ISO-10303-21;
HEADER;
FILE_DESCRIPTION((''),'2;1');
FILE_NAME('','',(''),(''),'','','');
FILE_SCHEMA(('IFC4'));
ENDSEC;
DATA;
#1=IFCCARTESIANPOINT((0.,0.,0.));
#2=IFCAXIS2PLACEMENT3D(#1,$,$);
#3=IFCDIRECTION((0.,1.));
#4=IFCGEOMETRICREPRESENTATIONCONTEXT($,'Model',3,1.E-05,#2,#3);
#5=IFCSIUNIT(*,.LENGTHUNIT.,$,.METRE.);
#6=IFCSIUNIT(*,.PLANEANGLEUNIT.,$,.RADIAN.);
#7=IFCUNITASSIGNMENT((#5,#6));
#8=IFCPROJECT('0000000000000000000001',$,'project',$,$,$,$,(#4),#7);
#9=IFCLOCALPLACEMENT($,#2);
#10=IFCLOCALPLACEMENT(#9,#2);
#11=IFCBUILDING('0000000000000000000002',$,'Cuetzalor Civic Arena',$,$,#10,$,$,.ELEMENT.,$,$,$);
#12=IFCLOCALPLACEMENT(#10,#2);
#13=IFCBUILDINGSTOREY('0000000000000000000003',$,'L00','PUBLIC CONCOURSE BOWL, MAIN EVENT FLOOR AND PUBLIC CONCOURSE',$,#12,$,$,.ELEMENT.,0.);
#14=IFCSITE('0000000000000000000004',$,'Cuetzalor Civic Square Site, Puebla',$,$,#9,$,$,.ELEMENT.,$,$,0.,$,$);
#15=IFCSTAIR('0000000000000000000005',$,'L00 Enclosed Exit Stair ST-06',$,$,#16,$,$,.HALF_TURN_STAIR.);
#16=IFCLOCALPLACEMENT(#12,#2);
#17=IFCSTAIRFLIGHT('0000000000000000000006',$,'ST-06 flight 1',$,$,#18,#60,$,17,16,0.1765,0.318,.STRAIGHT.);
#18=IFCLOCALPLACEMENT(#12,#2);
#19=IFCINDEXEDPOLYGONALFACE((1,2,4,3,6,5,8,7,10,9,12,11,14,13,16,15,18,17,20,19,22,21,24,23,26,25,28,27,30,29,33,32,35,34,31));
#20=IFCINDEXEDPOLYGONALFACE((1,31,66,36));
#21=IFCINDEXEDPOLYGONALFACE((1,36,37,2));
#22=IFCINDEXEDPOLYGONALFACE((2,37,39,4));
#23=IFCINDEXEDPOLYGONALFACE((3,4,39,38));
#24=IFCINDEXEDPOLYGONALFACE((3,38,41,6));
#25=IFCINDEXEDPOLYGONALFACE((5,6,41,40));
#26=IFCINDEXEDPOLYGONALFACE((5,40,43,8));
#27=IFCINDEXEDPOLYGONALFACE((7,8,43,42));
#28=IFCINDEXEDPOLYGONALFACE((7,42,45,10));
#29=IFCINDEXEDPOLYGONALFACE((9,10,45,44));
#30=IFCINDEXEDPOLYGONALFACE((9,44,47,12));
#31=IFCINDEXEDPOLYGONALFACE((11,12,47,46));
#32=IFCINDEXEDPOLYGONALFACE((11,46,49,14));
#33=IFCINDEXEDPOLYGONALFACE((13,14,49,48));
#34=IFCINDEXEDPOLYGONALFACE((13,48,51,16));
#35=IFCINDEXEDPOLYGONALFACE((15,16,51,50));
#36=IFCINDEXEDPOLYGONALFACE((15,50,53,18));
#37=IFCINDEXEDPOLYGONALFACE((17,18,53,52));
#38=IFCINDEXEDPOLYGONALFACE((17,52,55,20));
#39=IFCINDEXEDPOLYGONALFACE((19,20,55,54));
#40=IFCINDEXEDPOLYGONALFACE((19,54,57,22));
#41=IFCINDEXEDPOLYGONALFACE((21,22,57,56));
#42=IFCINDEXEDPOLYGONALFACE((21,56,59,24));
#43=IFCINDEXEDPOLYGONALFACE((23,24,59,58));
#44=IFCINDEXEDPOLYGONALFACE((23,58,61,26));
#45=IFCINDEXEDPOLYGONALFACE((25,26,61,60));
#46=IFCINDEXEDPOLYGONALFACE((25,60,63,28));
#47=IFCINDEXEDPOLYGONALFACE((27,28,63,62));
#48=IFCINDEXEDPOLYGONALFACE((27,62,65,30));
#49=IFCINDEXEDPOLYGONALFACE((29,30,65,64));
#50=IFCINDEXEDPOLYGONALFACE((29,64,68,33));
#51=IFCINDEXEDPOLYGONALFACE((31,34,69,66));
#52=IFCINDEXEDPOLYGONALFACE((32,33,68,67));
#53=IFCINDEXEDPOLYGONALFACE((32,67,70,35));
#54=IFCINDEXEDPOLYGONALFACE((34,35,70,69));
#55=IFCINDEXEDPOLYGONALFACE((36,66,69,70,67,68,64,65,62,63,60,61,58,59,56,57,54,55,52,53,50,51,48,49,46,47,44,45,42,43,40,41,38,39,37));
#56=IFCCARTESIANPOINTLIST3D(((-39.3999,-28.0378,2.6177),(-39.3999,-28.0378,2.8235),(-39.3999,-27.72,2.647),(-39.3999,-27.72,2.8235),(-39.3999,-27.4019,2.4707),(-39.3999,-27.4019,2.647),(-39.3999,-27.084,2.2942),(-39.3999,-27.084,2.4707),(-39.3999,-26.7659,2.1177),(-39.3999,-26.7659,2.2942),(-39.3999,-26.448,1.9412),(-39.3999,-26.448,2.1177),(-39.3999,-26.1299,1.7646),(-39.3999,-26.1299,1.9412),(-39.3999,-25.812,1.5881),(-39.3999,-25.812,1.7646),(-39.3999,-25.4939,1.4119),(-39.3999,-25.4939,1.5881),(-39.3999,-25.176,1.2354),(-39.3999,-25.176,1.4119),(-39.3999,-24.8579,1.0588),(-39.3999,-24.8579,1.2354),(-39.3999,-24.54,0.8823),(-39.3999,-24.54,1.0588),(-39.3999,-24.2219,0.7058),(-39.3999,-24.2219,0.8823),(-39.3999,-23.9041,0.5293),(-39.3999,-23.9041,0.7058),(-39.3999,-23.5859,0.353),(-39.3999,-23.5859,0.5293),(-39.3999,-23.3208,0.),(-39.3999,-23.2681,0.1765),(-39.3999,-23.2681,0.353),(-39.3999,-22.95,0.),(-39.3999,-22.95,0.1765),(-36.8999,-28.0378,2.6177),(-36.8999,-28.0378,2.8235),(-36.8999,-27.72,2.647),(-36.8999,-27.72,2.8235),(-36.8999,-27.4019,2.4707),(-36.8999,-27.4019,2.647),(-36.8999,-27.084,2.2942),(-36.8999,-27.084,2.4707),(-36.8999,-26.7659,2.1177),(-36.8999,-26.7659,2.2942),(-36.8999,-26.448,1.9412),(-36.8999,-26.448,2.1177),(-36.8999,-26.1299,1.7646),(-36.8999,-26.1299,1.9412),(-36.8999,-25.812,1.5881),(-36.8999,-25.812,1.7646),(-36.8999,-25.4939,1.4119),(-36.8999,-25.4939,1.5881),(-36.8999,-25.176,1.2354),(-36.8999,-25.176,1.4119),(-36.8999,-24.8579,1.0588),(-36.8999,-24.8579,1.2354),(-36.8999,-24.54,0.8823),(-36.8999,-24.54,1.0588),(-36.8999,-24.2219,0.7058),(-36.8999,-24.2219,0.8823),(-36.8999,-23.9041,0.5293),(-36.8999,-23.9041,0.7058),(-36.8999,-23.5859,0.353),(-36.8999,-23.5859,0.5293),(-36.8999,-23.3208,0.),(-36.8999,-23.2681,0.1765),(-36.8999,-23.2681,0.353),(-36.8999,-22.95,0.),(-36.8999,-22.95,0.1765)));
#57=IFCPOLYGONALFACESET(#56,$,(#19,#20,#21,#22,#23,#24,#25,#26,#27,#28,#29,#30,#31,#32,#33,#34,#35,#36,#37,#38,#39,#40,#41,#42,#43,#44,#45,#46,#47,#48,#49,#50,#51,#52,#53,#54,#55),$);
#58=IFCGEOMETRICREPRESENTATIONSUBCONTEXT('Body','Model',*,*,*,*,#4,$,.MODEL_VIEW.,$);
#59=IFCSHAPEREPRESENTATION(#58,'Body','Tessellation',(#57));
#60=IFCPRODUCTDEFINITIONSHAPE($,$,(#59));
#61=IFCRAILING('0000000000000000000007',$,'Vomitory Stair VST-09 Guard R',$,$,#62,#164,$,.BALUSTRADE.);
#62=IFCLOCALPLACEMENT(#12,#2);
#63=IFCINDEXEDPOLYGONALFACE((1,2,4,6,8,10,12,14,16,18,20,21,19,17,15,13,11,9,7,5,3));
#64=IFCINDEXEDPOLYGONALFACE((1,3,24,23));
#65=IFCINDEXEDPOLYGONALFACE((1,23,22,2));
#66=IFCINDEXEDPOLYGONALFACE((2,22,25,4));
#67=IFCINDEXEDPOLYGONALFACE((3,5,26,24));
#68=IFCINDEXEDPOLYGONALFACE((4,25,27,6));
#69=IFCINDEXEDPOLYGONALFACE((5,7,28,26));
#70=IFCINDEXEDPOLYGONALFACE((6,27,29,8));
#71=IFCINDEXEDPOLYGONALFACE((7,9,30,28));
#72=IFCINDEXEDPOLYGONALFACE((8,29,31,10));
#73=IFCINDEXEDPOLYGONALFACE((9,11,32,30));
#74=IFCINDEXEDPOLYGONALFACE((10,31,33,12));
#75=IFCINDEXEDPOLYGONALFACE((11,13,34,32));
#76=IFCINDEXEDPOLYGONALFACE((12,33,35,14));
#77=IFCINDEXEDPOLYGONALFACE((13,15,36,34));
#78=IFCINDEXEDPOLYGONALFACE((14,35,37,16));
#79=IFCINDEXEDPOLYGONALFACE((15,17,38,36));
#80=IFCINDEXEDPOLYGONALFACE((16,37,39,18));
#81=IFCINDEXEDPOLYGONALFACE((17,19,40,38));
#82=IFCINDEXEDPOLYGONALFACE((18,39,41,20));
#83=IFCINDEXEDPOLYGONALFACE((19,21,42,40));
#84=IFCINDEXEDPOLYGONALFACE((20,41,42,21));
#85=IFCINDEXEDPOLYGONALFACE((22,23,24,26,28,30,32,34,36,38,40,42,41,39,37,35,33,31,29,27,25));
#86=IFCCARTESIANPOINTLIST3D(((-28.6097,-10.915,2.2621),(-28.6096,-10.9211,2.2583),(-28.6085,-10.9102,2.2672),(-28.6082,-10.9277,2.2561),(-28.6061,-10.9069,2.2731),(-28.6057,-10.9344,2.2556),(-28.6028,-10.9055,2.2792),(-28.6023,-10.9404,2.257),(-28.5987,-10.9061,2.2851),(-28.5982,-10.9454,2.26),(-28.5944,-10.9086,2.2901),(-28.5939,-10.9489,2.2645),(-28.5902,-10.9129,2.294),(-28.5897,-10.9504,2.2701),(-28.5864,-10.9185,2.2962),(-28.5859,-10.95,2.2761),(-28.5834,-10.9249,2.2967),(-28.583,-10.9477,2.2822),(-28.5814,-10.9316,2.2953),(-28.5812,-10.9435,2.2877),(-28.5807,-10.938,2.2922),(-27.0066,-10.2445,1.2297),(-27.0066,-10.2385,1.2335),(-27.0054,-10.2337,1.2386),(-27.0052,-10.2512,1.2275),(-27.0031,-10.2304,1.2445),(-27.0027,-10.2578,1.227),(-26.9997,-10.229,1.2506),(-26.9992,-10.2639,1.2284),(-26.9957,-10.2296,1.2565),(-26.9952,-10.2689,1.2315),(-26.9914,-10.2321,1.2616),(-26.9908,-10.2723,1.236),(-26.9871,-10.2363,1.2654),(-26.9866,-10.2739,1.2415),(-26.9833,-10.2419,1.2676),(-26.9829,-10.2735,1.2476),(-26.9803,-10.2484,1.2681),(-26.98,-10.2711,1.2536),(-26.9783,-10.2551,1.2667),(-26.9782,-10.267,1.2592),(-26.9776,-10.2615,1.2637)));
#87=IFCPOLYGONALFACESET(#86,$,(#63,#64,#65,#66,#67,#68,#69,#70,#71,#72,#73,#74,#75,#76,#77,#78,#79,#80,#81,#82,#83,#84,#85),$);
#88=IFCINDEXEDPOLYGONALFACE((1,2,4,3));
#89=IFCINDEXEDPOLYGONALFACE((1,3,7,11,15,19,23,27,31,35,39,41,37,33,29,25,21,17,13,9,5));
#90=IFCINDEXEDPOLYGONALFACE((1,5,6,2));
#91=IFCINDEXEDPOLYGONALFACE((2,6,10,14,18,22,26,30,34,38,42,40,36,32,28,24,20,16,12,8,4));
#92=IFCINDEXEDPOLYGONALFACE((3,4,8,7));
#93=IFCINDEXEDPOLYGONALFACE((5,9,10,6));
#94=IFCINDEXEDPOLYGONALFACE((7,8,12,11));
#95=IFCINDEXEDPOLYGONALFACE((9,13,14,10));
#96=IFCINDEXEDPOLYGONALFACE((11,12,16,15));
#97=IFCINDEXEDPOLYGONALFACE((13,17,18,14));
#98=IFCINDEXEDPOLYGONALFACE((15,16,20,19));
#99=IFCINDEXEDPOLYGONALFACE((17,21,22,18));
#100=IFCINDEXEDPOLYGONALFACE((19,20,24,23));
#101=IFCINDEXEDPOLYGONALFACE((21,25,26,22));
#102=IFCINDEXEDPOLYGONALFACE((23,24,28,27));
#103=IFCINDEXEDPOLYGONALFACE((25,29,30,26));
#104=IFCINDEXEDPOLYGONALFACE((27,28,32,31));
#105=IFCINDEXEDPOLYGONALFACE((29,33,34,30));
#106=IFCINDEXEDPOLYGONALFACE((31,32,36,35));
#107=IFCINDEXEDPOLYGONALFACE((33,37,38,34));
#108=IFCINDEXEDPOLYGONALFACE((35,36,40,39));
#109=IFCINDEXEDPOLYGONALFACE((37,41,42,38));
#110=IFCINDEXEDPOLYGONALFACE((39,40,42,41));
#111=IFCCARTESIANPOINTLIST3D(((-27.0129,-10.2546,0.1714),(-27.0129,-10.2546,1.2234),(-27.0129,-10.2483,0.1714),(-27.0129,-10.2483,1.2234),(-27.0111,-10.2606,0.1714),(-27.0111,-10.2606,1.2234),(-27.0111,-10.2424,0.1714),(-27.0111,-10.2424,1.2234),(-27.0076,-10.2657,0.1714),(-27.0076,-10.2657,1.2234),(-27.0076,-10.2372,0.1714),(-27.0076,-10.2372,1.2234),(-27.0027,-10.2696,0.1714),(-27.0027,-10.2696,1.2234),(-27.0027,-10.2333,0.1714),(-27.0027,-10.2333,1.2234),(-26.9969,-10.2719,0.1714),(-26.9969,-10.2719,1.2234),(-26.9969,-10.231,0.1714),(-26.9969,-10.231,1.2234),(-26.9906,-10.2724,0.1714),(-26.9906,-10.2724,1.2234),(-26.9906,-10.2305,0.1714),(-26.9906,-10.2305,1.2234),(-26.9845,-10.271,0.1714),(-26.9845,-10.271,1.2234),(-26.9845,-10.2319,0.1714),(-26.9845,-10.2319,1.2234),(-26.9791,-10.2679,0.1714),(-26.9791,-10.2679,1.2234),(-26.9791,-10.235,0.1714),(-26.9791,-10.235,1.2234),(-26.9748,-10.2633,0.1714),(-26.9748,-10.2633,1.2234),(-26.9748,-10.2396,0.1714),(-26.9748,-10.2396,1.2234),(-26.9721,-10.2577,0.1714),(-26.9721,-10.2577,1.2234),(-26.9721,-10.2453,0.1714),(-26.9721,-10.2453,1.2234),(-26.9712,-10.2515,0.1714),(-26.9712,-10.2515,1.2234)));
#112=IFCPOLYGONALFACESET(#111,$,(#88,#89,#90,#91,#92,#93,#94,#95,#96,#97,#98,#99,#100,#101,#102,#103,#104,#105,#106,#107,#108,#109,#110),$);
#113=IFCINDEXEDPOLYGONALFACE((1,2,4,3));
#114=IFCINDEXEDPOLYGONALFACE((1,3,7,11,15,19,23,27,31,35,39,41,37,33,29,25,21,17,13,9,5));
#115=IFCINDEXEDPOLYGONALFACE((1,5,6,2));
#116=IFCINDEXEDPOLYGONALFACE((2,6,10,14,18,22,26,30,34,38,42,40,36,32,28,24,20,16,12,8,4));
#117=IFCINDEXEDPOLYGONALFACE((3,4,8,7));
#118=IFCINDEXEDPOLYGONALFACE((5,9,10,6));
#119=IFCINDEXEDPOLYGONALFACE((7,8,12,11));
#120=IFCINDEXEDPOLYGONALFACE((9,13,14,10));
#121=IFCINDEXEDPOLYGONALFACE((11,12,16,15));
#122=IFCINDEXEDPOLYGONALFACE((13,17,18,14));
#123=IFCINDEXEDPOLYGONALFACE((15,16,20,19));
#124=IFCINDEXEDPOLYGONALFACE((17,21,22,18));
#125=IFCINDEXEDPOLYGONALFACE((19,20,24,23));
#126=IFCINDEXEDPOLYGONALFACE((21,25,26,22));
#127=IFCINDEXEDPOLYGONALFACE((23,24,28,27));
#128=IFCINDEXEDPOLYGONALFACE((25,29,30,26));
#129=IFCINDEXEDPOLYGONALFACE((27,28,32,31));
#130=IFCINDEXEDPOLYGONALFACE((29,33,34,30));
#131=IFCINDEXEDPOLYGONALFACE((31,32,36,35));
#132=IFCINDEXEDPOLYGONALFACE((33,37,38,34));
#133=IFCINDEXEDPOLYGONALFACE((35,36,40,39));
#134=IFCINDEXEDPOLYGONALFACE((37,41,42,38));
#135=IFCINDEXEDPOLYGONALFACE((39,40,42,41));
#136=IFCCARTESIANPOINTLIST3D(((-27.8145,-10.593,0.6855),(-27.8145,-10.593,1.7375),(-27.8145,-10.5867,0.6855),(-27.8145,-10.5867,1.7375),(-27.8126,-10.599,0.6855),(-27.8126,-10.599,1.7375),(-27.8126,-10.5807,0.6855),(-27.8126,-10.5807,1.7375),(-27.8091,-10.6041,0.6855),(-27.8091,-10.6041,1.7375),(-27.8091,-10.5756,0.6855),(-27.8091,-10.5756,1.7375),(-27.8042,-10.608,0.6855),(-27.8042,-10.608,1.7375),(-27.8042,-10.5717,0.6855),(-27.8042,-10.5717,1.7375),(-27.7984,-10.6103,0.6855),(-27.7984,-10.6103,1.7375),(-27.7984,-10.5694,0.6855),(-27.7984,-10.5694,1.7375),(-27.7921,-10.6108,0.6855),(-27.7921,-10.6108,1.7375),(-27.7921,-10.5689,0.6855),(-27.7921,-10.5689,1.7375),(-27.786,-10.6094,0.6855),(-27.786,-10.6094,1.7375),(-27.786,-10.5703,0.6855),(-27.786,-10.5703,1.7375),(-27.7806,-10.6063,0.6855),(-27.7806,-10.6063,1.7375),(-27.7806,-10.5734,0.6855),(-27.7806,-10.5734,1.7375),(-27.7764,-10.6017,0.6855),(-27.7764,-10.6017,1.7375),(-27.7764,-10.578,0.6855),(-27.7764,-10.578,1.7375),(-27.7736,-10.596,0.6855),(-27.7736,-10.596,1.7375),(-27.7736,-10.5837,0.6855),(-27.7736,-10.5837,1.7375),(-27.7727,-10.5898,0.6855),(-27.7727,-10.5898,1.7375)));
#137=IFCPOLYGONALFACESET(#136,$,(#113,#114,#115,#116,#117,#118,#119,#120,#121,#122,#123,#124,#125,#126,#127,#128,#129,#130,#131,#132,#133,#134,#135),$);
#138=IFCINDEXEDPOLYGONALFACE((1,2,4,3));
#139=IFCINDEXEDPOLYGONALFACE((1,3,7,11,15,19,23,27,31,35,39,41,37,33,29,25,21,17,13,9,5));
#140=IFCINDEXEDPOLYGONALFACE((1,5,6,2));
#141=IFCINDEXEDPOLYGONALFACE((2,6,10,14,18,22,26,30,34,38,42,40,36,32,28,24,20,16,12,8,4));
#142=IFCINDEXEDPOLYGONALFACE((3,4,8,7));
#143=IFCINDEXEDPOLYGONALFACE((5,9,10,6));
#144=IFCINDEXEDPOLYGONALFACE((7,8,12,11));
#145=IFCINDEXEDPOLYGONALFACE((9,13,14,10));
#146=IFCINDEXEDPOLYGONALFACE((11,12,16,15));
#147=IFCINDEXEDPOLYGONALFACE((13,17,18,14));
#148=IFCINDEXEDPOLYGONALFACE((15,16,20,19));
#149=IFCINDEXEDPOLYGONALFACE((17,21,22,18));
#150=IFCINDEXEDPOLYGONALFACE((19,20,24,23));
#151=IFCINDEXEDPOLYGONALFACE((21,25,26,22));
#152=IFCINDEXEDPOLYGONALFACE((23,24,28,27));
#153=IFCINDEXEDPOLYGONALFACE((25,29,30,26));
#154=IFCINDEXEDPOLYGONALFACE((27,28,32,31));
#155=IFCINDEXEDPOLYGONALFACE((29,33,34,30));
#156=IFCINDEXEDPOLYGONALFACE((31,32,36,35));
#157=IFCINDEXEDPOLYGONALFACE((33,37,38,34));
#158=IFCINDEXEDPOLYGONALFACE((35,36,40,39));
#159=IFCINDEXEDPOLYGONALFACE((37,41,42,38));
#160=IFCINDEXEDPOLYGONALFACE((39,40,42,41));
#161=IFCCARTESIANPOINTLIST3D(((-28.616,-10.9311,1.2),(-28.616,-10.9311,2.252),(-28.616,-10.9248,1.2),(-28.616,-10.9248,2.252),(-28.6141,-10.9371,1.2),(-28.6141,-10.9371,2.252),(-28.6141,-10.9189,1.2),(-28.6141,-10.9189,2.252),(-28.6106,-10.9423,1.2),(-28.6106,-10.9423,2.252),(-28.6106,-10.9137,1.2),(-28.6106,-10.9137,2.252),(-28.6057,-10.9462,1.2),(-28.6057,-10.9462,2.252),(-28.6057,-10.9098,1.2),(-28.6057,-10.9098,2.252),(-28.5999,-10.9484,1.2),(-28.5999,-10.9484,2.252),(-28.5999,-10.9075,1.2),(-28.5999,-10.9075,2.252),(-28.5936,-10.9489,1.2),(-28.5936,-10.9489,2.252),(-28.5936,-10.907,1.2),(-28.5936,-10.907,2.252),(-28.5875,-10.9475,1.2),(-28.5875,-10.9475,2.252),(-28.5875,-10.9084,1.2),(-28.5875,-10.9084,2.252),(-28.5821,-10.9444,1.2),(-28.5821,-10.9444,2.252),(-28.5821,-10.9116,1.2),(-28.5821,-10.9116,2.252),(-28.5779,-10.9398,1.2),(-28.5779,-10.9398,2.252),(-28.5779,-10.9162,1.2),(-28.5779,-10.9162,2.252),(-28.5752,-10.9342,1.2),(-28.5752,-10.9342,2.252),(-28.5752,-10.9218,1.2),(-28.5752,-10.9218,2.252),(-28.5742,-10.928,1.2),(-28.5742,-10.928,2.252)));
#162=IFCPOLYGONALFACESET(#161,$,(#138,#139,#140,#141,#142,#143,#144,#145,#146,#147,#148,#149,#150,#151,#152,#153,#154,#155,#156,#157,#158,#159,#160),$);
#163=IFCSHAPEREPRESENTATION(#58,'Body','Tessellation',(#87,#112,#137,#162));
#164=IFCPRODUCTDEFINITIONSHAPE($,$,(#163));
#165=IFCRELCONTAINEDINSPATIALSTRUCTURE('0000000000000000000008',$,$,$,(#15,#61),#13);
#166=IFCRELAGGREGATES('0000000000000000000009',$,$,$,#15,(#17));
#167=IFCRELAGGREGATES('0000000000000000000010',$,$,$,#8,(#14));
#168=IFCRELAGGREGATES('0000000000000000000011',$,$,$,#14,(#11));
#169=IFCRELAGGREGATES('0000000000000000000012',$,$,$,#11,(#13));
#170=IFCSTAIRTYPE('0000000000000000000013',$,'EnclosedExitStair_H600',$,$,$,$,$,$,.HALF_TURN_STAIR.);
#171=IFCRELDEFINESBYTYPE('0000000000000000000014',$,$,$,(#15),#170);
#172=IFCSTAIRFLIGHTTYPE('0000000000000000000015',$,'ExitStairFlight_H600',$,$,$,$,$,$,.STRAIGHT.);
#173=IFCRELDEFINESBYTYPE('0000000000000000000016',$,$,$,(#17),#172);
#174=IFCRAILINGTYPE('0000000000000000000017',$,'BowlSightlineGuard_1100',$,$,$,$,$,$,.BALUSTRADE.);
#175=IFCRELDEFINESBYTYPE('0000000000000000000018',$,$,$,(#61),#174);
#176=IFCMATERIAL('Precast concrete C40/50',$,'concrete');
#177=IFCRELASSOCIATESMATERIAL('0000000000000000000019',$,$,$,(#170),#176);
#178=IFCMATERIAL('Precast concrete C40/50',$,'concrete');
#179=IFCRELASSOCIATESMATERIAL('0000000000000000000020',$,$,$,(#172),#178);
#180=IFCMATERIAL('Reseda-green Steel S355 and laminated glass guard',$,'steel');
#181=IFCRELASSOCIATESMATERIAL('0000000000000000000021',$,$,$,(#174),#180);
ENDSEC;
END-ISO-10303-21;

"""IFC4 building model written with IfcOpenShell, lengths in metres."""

from ifc_helpers import new_model, si_unit, direction, frame, origin, origin_2d, place, context, subcontext, project, spatial, polyline, circle, outline, extrude, material, type_object, element, aggregate, save


model = new_model("IFC4")

# Units and contexts
model_context = context("Model", 3, precision=1e-05, world=origin(), true_north=direction((0.0, 1.0)))
body_context = subcontext(model_context, "Body", "Model", "MODEL_VIEW")
ifc_project = project(units=[si_unit("LENGTHUNIT", "METRE"), si_unit("PLANEANGLEUNIT", "RADIAN")], contexts=[model_context])

# Site, building, storey
site_placement = place(None, origin())
site = spatial("IfcSite", under=ifc_project, at=site_placement, Name="Cuetzalor Civic Square Site, Puebla", CompositionType="ELEMENT", RefElevation=0.0)
building_placement = place(site_placement, origin())
building = spatial("IfcBuilding", under=site, at=building_placement, Name="Cuetzalor Civic Arena", CompositionType="ELEMENT")
storey_placement = place(building_placement, origin())
storey = spatial("IfcBuildingStorey", under=building, at=storey_placement, Name="L00", Description="PUBLIC CONCOURSE BOWL, MAIN EVENT FLOOR AND PUBLIC CONCOURSE", CompositionType="ELEMENT", Elevation=0.0)

# Stair, stair flight
ifc_material_1 = material(Name="Precast concrete C40/50", Category="concrete")
stair_type = type_object("IfcStairType", Name="EnclosedExitStair_H600", PredefinedType="HALF_TURN_STAIR", material=ifc_material_1)
stair_placement = place(storey_placement, origin())
stair = element("IfcStair", 1, at=stair_placement, inside=storey, type_object=stair_type, Name="L00 Enclosed Exit Stair ST-06", PredefinedType="HALF_TURN_STAIR")
ifc_material_2 = material(Name="Precast concrete C40/50", Category="concrete")
stair_flight_type = type_object("IfcStairFlightType", Name="ExitStairFlight_H600", PredefinedType="STRAIGHT", material=ifc_material_2)
stair_flight_placement = place(storey_placement, frame((-38.1499, -22.95, 0.0), z_axis=(0.0, 0.0, 1.0), x_axis=(0.0, -1.0, 0.0)))
stair_flight = element("IfcStairFlight", 2, at=stair_flight_placement, type_object=stair_flight_type, Name="ST-06 flight 1", NumberOfRisers=17, NumberOfTreads=16, PredefinedType="STRAIGHT", RiserHeight=0.1765, TreadLength=0.318, context=body_context, shape_type="SweptSolid", body=[
    extrude(outline(polyline([(0.0, 0.0), (0.0, 0.1765), (0.3181, 0.1765), (0.3181, 0.353), (0.636, 0.353), (0.636, 0.5293), (0.9541, 0.5293), (0.9541, 0.7058), (1.272, 0.7058), (1.272, 0.8823), (1.5901, 0.8823), (1.5901, 1.0588), (1.908, 1.0588), (1.908, 1.2354), (2.2261, 1.2354), (2.2261, 1.4119), (2.5439, 1.4119), (2.5439, 1.5881), (2.8621, 1.5881), (2.8621, 1.7646), (3.1799, 1.7646), (3.1799, 1.9412), (3.498, 1.9412), (3.498, 2.1177), (3.8159, 2.1177), (3.8159, 2.2942), (4.134, 2.2942), (4.134, 2.4707), (4.4519, 2.4707), (4.4519, 2.647), (4.77, 2.647), (4.77, 2.8235), (5.0879, 2.8235), (5.0879, 3.0), (5.0879, 2.6177), (0.3708, 0.0), (0.0, 0.0)])), frame((0.0, 1.25, 0.0), z_axis=(0.0, -1.0, 0.0), x_axis=(1.0, 0.0, 0.0)), (0.0, 0.0, 1.0), 2.5),
])
aggregate(stair, [stair_flight])

# Railing
ifc_material_3 = material(Name="Reseda-green Steel S355 and laminated glass guard", Category="steel")
railing_type_1 = type_object("IfcRailingType", Name="BowlSightlineGuard_1100", PredefinedType="BALUSTRADE", material=ifc_material_3)
railing_1_placement = place(storey_placement, frame((-26.9922, -10.2515, 0.1714)))
element("IfcRailing", 3, at=railing_1_placement, inside=storey, type_object=railing_type_1, Name="Vomitory Stair VST-09 Guard R", PredefinedType="BALUSTRADE", context=body_context, shape_type="SweptSolid", body=[
    extrude(circle(Radius=0.0239, at=origin_2d()), frame((0.0, 0.0, 1.0762), z_axis=(-0.793101, -0.334706, 0.508884), x_axis=(0.388816, -0.921315, 0.0)), (0.0, 0.0, 1.0), 2.0212),
    extrude(circle(Radius=0.021, at=origin_2d()), origin(), (0.0, 0.0, 1.0), 1.052),
    extrude(circle(Radius=0.021, at=origin_2d()), frame((-0.8015, -0.3384, 0.5142)), (0.0, 0.0, 1.0), 1.052),
    extrude(circle(Radius=0.021, at=origin_2d()), frame((-1.603, -0.6765, 1.0286)), (0.0, 0.0, 1.0), 1.052),
])

save(model, "model.ifc")
